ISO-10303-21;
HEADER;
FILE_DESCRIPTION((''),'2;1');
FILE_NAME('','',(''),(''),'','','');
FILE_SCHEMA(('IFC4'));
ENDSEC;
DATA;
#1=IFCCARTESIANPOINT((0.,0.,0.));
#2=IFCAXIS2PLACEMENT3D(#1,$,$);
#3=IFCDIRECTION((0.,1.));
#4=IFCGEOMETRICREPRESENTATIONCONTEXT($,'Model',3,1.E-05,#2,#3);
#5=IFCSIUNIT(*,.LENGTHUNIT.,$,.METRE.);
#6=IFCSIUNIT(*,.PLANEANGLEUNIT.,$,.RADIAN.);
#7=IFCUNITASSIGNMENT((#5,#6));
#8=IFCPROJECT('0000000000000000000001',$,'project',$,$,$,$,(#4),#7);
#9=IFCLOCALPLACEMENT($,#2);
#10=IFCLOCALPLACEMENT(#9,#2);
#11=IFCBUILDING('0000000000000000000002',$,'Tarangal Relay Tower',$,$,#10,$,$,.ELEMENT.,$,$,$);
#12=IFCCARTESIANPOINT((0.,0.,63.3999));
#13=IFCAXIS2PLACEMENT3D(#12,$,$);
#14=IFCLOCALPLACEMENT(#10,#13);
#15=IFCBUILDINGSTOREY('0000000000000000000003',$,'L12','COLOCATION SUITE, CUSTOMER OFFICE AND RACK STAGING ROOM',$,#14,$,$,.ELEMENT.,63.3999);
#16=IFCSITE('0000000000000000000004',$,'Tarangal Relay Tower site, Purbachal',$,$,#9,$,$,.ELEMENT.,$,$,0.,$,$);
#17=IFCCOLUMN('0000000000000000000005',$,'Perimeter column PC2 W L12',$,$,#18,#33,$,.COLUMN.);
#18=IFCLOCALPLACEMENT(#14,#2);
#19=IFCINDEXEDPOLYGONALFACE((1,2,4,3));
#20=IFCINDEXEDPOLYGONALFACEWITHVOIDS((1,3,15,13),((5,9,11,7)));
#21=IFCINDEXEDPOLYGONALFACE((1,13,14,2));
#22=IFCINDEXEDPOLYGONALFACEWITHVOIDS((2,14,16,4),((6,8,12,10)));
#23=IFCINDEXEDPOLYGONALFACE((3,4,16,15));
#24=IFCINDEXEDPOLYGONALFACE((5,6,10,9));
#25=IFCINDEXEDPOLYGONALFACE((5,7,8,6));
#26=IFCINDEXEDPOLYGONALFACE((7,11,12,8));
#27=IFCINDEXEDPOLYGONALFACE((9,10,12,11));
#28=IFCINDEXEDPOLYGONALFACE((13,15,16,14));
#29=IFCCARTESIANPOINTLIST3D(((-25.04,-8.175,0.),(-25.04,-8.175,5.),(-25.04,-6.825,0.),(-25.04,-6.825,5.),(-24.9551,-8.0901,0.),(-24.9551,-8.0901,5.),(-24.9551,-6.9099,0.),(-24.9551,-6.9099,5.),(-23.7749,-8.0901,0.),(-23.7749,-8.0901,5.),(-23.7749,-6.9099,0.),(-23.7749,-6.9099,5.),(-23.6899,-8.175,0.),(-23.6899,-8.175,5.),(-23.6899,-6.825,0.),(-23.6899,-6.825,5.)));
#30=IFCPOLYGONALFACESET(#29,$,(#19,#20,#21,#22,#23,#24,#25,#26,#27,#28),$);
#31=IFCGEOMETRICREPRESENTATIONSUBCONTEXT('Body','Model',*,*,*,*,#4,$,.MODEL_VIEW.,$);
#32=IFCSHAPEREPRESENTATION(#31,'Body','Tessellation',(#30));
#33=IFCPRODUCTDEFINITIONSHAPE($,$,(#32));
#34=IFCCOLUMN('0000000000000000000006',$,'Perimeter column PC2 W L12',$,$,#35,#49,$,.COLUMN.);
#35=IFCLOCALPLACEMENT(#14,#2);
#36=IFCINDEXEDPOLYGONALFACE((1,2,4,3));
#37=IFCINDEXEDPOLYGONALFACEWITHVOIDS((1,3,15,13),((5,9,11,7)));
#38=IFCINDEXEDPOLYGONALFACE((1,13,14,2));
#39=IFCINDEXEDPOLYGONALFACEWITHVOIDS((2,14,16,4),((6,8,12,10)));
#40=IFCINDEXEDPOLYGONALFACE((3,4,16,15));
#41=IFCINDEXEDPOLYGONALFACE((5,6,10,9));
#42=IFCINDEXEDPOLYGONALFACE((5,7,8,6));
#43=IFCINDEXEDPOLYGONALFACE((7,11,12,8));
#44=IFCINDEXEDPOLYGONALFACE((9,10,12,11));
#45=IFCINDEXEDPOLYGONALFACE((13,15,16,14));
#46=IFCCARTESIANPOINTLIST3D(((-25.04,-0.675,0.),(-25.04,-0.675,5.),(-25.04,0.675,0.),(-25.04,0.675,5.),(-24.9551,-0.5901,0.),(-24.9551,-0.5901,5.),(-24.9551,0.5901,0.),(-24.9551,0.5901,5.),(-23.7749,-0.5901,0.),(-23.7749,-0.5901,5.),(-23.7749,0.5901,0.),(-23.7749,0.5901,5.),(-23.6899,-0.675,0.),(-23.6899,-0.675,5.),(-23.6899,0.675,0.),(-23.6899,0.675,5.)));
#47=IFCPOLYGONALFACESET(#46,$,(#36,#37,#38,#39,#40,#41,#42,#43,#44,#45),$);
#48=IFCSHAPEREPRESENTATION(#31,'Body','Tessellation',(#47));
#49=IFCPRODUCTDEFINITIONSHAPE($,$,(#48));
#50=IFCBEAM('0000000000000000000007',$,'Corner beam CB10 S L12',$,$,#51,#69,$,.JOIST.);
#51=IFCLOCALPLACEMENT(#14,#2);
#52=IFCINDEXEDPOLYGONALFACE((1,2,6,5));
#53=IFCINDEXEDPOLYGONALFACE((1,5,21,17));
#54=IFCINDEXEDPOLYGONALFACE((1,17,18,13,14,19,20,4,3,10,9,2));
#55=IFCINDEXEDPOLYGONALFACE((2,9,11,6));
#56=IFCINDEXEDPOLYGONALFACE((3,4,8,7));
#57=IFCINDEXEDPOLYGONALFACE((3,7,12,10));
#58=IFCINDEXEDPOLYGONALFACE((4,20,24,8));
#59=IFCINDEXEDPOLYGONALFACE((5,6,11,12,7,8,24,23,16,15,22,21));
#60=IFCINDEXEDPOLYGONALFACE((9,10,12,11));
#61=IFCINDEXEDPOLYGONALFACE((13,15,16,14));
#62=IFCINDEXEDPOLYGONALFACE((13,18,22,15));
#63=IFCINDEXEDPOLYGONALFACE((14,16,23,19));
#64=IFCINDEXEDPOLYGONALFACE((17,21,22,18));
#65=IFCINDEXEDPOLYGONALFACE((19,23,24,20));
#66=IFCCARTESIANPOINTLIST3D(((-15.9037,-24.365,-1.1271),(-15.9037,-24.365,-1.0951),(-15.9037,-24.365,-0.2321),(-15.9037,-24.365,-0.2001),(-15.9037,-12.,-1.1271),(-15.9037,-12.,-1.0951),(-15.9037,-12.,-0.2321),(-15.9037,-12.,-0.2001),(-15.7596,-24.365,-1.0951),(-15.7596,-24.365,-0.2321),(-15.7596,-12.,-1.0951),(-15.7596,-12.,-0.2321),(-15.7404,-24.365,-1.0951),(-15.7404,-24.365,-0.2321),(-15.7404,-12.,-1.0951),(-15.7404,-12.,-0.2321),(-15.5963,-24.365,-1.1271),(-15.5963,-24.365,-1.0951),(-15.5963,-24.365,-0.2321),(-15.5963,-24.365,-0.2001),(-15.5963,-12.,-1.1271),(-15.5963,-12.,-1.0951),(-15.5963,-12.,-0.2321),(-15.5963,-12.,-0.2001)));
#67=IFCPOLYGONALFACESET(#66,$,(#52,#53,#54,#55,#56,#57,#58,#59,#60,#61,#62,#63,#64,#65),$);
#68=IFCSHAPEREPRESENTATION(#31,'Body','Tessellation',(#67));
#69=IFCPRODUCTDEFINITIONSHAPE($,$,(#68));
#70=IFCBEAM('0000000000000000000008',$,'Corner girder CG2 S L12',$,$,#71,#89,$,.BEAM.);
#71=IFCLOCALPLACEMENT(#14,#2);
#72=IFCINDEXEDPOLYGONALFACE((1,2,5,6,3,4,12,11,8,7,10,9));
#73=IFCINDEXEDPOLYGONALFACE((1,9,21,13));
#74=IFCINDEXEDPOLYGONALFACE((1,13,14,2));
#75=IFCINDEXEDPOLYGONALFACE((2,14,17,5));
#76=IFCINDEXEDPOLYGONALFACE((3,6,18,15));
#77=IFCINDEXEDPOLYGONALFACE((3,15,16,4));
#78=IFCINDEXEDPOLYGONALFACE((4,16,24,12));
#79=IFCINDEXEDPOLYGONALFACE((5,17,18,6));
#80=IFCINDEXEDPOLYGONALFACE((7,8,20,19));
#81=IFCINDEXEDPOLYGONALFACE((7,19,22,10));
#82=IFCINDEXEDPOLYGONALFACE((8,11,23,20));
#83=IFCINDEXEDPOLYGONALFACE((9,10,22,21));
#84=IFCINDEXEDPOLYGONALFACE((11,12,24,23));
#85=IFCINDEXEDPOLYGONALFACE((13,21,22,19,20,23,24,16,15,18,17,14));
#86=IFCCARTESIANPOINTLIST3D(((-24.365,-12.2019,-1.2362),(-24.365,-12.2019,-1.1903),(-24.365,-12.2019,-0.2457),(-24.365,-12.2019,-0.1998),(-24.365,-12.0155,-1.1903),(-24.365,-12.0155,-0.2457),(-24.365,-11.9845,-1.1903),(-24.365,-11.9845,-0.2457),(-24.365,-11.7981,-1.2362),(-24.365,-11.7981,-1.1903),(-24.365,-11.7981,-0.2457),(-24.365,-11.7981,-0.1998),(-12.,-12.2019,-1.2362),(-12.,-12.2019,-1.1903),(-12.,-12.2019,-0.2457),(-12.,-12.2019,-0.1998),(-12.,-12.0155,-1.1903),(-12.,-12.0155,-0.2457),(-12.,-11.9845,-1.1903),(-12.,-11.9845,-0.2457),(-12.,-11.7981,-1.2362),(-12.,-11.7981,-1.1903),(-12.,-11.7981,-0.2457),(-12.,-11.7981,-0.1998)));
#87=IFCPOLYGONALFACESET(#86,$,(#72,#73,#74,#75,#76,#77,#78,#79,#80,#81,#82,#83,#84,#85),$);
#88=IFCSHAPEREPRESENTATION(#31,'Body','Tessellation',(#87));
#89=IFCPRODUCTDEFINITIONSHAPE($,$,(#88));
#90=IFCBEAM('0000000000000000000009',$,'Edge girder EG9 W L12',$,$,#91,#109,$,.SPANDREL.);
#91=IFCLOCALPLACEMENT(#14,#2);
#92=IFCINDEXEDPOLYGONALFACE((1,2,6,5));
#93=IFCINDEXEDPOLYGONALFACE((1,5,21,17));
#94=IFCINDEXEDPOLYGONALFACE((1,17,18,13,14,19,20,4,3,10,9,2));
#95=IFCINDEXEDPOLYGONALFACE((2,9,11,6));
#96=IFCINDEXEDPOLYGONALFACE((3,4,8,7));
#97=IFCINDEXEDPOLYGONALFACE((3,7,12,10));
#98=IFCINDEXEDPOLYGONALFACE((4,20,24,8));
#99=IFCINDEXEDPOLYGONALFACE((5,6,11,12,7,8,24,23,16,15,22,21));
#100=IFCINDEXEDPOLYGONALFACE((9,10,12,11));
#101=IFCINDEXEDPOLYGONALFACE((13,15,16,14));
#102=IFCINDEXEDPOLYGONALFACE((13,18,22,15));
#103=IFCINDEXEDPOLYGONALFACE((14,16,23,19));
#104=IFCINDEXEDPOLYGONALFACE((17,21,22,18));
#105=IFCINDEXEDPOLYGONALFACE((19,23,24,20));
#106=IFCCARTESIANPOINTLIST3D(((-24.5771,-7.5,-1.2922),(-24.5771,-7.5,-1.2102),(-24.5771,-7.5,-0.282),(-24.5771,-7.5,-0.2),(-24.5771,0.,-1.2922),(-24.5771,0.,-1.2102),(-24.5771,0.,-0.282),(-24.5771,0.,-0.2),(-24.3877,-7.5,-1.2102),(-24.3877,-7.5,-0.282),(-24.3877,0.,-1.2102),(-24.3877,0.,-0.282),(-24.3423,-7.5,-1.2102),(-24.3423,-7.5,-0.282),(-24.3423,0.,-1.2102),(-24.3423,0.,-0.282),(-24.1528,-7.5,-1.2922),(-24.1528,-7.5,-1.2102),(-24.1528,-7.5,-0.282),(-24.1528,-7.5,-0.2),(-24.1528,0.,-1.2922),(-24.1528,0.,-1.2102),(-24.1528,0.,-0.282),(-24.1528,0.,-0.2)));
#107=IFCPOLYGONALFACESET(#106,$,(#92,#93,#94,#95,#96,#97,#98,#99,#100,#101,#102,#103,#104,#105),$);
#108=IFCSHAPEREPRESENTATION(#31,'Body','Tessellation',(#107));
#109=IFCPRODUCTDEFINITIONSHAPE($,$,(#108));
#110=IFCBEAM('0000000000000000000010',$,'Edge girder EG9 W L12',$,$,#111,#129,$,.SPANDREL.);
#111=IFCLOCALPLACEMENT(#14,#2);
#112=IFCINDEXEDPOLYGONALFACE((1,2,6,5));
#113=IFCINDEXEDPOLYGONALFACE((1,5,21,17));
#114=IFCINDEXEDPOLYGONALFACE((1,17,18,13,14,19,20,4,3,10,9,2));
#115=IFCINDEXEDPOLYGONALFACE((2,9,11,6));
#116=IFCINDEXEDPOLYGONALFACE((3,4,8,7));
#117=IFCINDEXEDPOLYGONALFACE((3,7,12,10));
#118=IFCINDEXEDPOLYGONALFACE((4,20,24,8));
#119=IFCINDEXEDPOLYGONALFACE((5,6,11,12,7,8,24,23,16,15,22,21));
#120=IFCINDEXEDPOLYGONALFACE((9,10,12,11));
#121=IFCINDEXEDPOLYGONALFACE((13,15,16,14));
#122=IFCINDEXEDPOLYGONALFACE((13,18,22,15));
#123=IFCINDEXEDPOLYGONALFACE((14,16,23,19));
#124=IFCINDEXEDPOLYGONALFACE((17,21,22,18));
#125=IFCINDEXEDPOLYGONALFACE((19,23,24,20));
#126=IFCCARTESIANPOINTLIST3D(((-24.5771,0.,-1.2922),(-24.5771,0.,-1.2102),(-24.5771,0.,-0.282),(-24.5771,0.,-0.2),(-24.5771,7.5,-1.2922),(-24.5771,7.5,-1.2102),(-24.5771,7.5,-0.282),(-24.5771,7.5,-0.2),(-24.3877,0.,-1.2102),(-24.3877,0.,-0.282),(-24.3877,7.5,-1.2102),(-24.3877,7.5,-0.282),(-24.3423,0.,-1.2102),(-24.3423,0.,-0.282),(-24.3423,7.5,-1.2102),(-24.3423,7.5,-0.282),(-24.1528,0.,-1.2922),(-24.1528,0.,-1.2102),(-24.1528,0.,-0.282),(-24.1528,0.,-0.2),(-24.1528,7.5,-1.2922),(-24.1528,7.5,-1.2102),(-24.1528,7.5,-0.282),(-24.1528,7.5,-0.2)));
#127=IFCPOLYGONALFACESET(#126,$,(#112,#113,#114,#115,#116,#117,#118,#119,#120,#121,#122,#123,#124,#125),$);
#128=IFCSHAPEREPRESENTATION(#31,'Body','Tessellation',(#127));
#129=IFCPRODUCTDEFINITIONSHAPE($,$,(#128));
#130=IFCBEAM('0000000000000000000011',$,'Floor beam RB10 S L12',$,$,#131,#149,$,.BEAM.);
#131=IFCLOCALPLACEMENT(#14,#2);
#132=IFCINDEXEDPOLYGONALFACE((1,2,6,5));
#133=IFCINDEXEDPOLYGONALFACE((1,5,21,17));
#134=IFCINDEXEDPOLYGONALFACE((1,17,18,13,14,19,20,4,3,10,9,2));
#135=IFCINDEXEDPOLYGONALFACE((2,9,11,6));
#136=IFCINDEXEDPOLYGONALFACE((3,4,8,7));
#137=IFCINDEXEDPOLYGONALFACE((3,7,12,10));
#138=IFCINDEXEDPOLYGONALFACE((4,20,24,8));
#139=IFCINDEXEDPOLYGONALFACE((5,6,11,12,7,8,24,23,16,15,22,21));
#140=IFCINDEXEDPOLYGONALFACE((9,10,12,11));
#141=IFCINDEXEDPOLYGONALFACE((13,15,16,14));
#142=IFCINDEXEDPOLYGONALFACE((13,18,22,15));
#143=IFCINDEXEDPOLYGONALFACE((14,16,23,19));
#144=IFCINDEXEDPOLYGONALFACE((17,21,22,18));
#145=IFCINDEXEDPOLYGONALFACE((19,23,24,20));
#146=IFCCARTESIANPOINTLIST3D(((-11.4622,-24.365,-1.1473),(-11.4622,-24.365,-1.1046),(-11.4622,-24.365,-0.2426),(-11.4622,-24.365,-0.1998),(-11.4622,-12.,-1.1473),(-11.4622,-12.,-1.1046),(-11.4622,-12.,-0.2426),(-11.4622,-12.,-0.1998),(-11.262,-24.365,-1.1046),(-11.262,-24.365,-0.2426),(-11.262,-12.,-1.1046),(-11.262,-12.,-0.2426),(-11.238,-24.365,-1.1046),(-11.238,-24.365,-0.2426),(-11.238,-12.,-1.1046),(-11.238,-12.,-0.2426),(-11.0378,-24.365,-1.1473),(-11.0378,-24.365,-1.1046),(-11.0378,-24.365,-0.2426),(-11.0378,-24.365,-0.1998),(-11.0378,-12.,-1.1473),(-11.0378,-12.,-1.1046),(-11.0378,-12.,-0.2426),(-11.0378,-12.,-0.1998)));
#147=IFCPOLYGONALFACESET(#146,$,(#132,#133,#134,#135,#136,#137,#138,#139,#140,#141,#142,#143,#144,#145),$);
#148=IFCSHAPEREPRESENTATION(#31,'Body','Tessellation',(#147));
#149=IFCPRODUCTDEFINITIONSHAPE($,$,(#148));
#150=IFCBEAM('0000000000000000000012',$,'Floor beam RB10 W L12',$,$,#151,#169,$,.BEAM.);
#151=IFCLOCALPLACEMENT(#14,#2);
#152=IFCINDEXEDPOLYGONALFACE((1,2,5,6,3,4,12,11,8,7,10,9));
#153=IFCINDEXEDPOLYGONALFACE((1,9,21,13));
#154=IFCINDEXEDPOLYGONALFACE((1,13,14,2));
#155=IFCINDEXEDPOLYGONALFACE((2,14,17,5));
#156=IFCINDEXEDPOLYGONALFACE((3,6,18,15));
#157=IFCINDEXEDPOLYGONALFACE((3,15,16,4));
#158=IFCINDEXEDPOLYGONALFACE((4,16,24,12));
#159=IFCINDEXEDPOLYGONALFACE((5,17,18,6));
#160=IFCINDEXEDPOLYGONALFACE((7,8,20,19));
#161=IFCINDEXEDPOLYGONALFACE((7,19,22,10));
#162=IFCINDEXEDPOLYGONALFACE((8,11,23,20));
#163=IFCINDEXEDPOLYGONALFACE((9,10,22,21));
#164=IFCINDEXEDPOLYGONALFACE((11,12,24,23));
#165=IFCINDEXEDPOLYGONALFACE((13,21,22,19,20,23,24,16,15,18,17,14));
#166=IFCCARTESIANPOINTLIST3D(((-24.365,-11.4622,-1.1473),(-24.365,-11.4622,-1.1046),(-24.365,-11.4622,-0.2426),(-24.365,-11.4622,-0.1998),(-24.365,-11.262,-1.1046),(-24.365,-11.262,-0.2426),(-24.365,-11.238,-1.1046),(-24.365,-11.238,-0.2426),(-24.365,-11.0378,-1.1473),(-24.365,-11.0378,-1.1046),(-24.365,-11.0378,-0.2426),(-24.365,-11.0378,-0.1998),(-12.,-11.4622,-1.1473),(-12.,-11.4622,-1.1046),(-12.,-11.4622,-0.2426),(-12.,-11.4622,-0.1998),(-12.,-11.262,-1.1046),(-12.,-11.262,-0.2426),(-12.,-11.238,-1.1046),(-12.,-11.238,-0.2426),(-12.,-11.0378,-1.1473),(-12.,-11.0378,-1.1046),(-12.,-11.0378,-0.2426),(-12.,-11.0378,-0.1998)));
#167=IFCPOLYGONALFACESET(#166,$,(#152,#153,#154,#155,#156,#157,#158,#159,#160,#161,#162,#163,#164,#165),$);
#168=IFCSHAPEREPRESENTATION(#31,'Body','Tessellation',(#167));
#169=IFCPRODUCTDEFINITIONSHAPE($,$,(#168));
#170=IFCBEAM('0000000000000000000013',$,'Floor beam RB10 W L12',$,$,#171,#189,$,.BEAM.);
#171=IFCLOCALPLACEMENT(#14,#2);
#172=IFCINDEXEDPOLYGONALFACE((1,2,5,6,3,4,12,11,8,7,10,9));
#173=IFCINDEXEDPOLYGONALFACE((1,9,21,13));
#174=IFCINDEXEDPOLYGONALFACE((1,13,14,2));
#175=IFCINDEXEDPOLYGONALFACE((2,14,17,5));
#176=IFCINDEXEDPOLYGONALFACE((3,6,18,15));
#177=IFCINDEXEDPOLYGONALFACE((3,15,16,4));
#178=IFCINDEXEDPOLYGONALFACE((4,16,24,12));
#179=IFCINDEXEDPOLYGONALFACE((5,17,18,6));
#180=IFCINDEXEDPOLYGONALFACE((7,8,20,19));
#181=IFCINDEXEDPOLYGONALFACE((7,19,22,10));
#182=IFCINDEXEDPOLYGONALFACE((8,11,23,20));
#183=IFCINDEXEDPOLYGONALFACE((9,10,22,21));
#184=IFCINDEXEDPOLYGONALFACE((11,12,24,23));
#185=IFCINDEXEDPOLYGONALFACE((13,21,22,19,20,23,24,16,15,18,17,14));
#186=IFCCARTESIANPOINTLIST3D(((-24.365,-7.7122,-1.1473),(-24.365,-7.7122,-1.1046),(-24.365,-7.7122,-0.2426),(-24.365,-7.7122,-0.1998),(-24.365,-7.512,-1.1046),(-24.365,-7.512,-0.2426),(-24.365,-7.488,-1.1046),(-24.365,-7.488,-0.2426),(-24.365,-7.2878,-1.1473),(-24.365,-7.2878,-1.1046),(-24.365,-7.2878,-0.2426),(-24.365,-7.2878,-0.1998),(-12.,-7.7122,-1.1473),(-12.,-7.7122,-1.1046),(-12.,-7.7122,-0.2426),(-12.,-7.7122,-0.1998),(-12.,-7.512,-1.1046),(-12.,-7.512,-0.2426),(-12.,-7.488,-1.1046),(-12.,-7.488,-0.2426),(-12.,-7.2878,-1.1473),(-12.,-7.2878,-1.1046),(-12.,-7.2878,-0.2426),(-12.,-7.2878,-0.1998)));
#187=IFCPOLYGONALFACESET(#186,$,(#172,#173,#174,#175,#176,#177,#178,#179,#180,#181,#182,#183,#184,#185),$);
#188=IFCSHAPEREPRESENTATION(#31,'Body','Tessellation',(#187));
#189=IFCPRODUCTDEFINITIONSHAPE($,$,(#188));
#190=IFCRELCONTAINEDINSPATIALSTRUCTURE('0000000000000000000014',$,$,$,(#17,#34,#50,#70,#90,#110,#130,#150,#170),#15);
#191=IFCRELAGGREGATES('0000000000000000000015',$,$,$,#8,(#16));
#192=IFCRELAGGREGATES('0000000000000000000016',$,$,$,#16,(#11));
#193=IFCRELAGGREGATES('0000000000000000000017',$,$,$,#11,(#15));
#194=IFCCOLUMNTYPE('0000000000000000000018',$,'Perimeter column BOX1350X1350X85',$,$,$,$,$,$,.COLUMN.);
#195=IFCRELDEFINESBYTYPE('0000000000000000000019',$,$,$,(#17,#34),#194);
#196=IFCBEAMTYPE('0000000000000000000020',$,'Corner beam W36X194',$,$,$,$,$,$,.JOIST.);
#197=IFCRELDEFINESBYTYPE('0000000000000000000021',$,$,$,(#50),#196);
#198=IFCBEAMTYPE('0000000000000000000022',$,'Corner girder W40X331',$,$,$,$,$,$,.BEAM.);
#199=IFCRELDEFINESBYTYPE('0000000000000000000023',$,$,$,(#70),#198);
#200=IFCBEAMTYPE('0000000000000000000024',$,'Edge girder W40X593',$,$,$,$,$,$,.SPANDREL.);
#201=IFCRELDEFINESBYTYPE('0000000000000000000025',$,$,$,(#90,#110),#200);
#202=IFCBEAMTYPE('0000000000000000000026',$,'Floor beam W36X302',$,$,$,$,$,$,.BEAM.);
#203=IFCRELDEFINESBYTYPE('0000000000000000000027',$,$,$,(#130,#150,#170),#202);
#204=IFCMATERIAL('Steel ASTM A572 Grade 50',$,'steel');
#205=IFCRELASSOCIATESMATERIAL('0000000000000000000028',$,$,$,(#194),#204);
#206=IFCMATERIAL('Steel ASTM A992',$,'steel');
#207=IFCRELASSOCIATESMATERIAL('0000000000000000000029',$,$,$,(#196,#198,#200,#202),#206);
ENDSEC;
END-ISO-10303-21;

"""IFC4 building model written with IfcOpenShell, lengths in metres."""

from ifc_helpers import new_model, si_unit, direction, frame, origin, origin_2d, place, context, subcontext, project, spatial, hollow_rectangle, i_section, extrude, material, material_profile, profile_set, type_object, element, save


model = new_model("IFC4")

# Units and contexts
model_context = context("Model", 3, precision=1e-05, world=origin(), true_north=direction((0.0, 1.0)))
body_context = subcontext(model_context, "Body", "Model", "MODEL_VIEW")
ifc_project = project(units=[si_unit("LENGTHUNIT", "METRE"), si_unit("PLANEANGLEUNIT", "RADIAN")], contexts=[model_context])

# Site, building, storey
site_placement = place(None, origin())
site = spatial("IfcSite", under=ifc_project, at=site_placement, Name="Tarangal Relay Tower site, Purbachal", CompositionType="ELEMENT", RefElevation=0.0)
building_placement = place(site_placement, origin())
building = spatial("IfcBuilding", under=site, at=building_placement, Name="Tarangal Relay Tower", CompositionType="ELEMENT")
storey_placement = place(building_placement, frame((0.0, 0.0, 63.3999)))
storey = spatial("IfcBuildingStorey", under=building, at=storey_placement, Name="L12", Description="COLOCATION SUITE, CUSTOMER OFFICE AND RACK STAGING ROOM", CompositionType="ELEMENT", Elevation=63.3999)

# Columns
ifc_material_1 = material(Name="Steel ASTM A572 Grade 50", Category="steel")
ifc_material_profile_1 = material_profile(ifc_material_1, hollow_rectangle(XDim=1.3501, YDim=1.3501, WallThickness=0.085, at=origin_2d()), Name="BOX1350X1350X85")
ifc_profile_set_1 = profile_set([ifc_material_profile_1], Name="Steel ASTM A572 Grade 50")
column_type = type_object("IfcColumnType", Name="Perimeter column BOX1350X1350X85", PredefinedType="COLUMN", material=ifc_profile_set_1)
for number, where, z_axis, x_axis, name in (
    (1, (-24.365, -7.5, 0.0), (0.0, 0.0, 1.0), (1.0, 0.0, 0.0), "Perimeter column PC2 W L12"),
    (2, (-24.365, 0.0, 0.0), (0.0, 0.0, 1.0), (1.0, 0.0, 0.0), "Perimeter column PC2 W L12"),
):
    element("IfcColumn", number, at=place(storey_placement, frame(where, z_axis=z_axis, x_axis=x_axis)), inside=storey, type_object=column_type, Name=name, PredefinedType="COLUMN", context=body_context, shape_type="SweptSolid", body=[
        extrude(hollow_rectangle(XDim=1.3501, YDim=1.3501, WallThickness=0.085, at=origin_2d()), origin(), (0.0, 0.0, 1.0), 5.0),
    ])

# Beams
ifc_material_2 = material(Name="Steel ASTM A992", Category="steel")
ifc_material_profile_2 = material_profile(ifc_material_2, i_section(OverallWidth=0.3074, OverallDepth=0.927, WebThickness=0.0193, FlangeThickness=0.032, at=origin_2d()), Name="W36X194")
ifc_profile_set_2 = profile_set([ifc_material_profile_2], Name="Steel ASTM A992")
beam_type_1 = type_object("IfcBeamType", Name="Corner beam W36X194", PredefinedType="JOIST", material=ifc_profile_set_2)
beam_1_placement = place(storey_placement, frame((-15.75, -12.0, -0.6636), z_axis=(0.0, -1.0, 0.0), x_axis=(1.0, 0.0, 0.0)))
element("IfcBeam", 3, at=beam_1_placement, inside=storey, type_object=beam_type_1, Name="Corner beam CB10 S L12", PredefinedType="JOIST", context=body_context, shape_type="SweptSolid", body=[
    extrude(i_section(OverallWidth=0.3074, OverallDepth=0.927, WebThickness=0.0193, FlangeThickness=0.032, at=origin_2d()), origin(), (0.0, 0.0, 1.0), 12.365),
])
ifc_material_profile_3 = material_profile(ifc_material_2, i_section(OverallWidth=0.4038, OverallDepth=1.0364, WebThickness=0.031, FlangeThickness=0.0459, at=origin_2d()), Name="W40X331")
ifc_profile_set_3 = profile_set([ifc_material_profile_3], Name="Steel ASTM A992")
beam_type_2 = type_object("IfcBeamType", Name="Corner girder W40X331", PredefinedType="BEAM", material=ifc_profile_set_3)
beam_2_placement = place(storey_placement, frame((-12.0, -12.0, -0.718), z_axis=(-1.0, 0.0, 0.0), x_axis=(0.0, -1.0, 0.0)))
element("IfcBeam", 4, at=beam_2_placement, inside=storey, type_object=beam_type_2, Name="Corner girder CG2 S L12", PredefinedType="BEAM", context=body_context, shape_type="SweptSolid", body=[
    extrude(i_section(OverallWidth=0.4038, OverallDepth=1.0364, WebThickness=0.031, FlangeThickness=0.0459, at=origin_2d()), origin(), (0.0, 0.0, 1.0), 12.365),
])
ifc_material_profile_4 = material_profile(ifc_material_2, i_section(OverallWidth=0.4243, OverallDepth=1.0923, WebThickness=0.0454, FlangeThickness=0.082, at=origin_2d()), Name="W40X593")
ifc_profile_set_4 = profile_set([ifc_material_profile_4], Name="Steel ASTM A992")
beam_type_3 = type_object("IfcBeamType", Name="Edge girder W40X593", PredefinedType="SPANDREL", material=ifc_profile_set_4)
for number, where, z_axis, x_axis, name in (
    (5, (-24.365, -7.5, -0.7461), (0.0, 1.0, 0.0), (-1.0, 0.0, 0.0), "Edge girder EG9 W L12"),
    (6, (-24.365, 0.0, -0.7461), (0.0, 1.0, 0.0), (-1.0, 0.0, 0.0), "Edge girder EG9 W L12"),
):
    element("IfcBeam", number, at=place(storey_placement, frame(where, z_axis=z_axis, x_axis=x_axis)), inside=storey, type_object=beam_type_3, Name=name, PredefinedType="SPANDREL", context=body_context, shape_type="SweptSolid", body=[
        extrude(i_section(OverallWidth=0.4243, OverallDepth=1.0923, WebThickness=0.0454, FlangeThickness=0.082, at=origin_2d()), origin(), (0.0, 0.0, 1.0), 7.5),
    ])
ifc_material_profile_5 = material_profile(ifc_material_2, i_section(OverallWidth=0.4243, OverallDepth=0.9475, WebThickness=0.0239, FlangeThickness=0.0427, at=origin_2d()), Name="W36X302")
ifc_profile_set_5 = profile_set([ifc_material_profile_5], Name="Steel ASTM A992")
beam_type_4 = type_object("IfcBeamType", Name="Floor beam W36X302", PredefinedType="BEAM", material=ifc_profile_set_5)
for number, where, z_axis, x_axis, name in (
    (7, (-11.25, -12.0, -0.6736), (0.0, -1.0, 0.0), (1.0, 0.0, 0.0), "Floor beam RB10 S L12"),
    (8, (-12.0, -11.25, -0.6736), (-1.0, 0.0, 0.0), (0.0, -1.0, 0.0), "Floor beam RB10 W L12"),
    (9, (-12.0, -7.5, -0.6736), (-1.0, 0.0, 0.0), (0.0, -1.0, 0.0), "Floor beam RB10 W L12"),
):
    element("IfcBeam", number, at=place(storey_placement, frame(where, z_axis=z_axis, x_axis=x_axis)), inside=storey, type_object=beam_type_4, Name=name, PredefinedType="BEAM", context=body_context, shape_type="SweptSolid", body=[
        extrude(i_section(OverallWidth=0.4243, OverallDepth=0.9475, WebThickness=0.0239, FlangeThickness=0.0427, at=origin_2d()), origin(), (0.0, 0.0, 1.0), 12.365),
    ])

save(model, "model.ifc")
